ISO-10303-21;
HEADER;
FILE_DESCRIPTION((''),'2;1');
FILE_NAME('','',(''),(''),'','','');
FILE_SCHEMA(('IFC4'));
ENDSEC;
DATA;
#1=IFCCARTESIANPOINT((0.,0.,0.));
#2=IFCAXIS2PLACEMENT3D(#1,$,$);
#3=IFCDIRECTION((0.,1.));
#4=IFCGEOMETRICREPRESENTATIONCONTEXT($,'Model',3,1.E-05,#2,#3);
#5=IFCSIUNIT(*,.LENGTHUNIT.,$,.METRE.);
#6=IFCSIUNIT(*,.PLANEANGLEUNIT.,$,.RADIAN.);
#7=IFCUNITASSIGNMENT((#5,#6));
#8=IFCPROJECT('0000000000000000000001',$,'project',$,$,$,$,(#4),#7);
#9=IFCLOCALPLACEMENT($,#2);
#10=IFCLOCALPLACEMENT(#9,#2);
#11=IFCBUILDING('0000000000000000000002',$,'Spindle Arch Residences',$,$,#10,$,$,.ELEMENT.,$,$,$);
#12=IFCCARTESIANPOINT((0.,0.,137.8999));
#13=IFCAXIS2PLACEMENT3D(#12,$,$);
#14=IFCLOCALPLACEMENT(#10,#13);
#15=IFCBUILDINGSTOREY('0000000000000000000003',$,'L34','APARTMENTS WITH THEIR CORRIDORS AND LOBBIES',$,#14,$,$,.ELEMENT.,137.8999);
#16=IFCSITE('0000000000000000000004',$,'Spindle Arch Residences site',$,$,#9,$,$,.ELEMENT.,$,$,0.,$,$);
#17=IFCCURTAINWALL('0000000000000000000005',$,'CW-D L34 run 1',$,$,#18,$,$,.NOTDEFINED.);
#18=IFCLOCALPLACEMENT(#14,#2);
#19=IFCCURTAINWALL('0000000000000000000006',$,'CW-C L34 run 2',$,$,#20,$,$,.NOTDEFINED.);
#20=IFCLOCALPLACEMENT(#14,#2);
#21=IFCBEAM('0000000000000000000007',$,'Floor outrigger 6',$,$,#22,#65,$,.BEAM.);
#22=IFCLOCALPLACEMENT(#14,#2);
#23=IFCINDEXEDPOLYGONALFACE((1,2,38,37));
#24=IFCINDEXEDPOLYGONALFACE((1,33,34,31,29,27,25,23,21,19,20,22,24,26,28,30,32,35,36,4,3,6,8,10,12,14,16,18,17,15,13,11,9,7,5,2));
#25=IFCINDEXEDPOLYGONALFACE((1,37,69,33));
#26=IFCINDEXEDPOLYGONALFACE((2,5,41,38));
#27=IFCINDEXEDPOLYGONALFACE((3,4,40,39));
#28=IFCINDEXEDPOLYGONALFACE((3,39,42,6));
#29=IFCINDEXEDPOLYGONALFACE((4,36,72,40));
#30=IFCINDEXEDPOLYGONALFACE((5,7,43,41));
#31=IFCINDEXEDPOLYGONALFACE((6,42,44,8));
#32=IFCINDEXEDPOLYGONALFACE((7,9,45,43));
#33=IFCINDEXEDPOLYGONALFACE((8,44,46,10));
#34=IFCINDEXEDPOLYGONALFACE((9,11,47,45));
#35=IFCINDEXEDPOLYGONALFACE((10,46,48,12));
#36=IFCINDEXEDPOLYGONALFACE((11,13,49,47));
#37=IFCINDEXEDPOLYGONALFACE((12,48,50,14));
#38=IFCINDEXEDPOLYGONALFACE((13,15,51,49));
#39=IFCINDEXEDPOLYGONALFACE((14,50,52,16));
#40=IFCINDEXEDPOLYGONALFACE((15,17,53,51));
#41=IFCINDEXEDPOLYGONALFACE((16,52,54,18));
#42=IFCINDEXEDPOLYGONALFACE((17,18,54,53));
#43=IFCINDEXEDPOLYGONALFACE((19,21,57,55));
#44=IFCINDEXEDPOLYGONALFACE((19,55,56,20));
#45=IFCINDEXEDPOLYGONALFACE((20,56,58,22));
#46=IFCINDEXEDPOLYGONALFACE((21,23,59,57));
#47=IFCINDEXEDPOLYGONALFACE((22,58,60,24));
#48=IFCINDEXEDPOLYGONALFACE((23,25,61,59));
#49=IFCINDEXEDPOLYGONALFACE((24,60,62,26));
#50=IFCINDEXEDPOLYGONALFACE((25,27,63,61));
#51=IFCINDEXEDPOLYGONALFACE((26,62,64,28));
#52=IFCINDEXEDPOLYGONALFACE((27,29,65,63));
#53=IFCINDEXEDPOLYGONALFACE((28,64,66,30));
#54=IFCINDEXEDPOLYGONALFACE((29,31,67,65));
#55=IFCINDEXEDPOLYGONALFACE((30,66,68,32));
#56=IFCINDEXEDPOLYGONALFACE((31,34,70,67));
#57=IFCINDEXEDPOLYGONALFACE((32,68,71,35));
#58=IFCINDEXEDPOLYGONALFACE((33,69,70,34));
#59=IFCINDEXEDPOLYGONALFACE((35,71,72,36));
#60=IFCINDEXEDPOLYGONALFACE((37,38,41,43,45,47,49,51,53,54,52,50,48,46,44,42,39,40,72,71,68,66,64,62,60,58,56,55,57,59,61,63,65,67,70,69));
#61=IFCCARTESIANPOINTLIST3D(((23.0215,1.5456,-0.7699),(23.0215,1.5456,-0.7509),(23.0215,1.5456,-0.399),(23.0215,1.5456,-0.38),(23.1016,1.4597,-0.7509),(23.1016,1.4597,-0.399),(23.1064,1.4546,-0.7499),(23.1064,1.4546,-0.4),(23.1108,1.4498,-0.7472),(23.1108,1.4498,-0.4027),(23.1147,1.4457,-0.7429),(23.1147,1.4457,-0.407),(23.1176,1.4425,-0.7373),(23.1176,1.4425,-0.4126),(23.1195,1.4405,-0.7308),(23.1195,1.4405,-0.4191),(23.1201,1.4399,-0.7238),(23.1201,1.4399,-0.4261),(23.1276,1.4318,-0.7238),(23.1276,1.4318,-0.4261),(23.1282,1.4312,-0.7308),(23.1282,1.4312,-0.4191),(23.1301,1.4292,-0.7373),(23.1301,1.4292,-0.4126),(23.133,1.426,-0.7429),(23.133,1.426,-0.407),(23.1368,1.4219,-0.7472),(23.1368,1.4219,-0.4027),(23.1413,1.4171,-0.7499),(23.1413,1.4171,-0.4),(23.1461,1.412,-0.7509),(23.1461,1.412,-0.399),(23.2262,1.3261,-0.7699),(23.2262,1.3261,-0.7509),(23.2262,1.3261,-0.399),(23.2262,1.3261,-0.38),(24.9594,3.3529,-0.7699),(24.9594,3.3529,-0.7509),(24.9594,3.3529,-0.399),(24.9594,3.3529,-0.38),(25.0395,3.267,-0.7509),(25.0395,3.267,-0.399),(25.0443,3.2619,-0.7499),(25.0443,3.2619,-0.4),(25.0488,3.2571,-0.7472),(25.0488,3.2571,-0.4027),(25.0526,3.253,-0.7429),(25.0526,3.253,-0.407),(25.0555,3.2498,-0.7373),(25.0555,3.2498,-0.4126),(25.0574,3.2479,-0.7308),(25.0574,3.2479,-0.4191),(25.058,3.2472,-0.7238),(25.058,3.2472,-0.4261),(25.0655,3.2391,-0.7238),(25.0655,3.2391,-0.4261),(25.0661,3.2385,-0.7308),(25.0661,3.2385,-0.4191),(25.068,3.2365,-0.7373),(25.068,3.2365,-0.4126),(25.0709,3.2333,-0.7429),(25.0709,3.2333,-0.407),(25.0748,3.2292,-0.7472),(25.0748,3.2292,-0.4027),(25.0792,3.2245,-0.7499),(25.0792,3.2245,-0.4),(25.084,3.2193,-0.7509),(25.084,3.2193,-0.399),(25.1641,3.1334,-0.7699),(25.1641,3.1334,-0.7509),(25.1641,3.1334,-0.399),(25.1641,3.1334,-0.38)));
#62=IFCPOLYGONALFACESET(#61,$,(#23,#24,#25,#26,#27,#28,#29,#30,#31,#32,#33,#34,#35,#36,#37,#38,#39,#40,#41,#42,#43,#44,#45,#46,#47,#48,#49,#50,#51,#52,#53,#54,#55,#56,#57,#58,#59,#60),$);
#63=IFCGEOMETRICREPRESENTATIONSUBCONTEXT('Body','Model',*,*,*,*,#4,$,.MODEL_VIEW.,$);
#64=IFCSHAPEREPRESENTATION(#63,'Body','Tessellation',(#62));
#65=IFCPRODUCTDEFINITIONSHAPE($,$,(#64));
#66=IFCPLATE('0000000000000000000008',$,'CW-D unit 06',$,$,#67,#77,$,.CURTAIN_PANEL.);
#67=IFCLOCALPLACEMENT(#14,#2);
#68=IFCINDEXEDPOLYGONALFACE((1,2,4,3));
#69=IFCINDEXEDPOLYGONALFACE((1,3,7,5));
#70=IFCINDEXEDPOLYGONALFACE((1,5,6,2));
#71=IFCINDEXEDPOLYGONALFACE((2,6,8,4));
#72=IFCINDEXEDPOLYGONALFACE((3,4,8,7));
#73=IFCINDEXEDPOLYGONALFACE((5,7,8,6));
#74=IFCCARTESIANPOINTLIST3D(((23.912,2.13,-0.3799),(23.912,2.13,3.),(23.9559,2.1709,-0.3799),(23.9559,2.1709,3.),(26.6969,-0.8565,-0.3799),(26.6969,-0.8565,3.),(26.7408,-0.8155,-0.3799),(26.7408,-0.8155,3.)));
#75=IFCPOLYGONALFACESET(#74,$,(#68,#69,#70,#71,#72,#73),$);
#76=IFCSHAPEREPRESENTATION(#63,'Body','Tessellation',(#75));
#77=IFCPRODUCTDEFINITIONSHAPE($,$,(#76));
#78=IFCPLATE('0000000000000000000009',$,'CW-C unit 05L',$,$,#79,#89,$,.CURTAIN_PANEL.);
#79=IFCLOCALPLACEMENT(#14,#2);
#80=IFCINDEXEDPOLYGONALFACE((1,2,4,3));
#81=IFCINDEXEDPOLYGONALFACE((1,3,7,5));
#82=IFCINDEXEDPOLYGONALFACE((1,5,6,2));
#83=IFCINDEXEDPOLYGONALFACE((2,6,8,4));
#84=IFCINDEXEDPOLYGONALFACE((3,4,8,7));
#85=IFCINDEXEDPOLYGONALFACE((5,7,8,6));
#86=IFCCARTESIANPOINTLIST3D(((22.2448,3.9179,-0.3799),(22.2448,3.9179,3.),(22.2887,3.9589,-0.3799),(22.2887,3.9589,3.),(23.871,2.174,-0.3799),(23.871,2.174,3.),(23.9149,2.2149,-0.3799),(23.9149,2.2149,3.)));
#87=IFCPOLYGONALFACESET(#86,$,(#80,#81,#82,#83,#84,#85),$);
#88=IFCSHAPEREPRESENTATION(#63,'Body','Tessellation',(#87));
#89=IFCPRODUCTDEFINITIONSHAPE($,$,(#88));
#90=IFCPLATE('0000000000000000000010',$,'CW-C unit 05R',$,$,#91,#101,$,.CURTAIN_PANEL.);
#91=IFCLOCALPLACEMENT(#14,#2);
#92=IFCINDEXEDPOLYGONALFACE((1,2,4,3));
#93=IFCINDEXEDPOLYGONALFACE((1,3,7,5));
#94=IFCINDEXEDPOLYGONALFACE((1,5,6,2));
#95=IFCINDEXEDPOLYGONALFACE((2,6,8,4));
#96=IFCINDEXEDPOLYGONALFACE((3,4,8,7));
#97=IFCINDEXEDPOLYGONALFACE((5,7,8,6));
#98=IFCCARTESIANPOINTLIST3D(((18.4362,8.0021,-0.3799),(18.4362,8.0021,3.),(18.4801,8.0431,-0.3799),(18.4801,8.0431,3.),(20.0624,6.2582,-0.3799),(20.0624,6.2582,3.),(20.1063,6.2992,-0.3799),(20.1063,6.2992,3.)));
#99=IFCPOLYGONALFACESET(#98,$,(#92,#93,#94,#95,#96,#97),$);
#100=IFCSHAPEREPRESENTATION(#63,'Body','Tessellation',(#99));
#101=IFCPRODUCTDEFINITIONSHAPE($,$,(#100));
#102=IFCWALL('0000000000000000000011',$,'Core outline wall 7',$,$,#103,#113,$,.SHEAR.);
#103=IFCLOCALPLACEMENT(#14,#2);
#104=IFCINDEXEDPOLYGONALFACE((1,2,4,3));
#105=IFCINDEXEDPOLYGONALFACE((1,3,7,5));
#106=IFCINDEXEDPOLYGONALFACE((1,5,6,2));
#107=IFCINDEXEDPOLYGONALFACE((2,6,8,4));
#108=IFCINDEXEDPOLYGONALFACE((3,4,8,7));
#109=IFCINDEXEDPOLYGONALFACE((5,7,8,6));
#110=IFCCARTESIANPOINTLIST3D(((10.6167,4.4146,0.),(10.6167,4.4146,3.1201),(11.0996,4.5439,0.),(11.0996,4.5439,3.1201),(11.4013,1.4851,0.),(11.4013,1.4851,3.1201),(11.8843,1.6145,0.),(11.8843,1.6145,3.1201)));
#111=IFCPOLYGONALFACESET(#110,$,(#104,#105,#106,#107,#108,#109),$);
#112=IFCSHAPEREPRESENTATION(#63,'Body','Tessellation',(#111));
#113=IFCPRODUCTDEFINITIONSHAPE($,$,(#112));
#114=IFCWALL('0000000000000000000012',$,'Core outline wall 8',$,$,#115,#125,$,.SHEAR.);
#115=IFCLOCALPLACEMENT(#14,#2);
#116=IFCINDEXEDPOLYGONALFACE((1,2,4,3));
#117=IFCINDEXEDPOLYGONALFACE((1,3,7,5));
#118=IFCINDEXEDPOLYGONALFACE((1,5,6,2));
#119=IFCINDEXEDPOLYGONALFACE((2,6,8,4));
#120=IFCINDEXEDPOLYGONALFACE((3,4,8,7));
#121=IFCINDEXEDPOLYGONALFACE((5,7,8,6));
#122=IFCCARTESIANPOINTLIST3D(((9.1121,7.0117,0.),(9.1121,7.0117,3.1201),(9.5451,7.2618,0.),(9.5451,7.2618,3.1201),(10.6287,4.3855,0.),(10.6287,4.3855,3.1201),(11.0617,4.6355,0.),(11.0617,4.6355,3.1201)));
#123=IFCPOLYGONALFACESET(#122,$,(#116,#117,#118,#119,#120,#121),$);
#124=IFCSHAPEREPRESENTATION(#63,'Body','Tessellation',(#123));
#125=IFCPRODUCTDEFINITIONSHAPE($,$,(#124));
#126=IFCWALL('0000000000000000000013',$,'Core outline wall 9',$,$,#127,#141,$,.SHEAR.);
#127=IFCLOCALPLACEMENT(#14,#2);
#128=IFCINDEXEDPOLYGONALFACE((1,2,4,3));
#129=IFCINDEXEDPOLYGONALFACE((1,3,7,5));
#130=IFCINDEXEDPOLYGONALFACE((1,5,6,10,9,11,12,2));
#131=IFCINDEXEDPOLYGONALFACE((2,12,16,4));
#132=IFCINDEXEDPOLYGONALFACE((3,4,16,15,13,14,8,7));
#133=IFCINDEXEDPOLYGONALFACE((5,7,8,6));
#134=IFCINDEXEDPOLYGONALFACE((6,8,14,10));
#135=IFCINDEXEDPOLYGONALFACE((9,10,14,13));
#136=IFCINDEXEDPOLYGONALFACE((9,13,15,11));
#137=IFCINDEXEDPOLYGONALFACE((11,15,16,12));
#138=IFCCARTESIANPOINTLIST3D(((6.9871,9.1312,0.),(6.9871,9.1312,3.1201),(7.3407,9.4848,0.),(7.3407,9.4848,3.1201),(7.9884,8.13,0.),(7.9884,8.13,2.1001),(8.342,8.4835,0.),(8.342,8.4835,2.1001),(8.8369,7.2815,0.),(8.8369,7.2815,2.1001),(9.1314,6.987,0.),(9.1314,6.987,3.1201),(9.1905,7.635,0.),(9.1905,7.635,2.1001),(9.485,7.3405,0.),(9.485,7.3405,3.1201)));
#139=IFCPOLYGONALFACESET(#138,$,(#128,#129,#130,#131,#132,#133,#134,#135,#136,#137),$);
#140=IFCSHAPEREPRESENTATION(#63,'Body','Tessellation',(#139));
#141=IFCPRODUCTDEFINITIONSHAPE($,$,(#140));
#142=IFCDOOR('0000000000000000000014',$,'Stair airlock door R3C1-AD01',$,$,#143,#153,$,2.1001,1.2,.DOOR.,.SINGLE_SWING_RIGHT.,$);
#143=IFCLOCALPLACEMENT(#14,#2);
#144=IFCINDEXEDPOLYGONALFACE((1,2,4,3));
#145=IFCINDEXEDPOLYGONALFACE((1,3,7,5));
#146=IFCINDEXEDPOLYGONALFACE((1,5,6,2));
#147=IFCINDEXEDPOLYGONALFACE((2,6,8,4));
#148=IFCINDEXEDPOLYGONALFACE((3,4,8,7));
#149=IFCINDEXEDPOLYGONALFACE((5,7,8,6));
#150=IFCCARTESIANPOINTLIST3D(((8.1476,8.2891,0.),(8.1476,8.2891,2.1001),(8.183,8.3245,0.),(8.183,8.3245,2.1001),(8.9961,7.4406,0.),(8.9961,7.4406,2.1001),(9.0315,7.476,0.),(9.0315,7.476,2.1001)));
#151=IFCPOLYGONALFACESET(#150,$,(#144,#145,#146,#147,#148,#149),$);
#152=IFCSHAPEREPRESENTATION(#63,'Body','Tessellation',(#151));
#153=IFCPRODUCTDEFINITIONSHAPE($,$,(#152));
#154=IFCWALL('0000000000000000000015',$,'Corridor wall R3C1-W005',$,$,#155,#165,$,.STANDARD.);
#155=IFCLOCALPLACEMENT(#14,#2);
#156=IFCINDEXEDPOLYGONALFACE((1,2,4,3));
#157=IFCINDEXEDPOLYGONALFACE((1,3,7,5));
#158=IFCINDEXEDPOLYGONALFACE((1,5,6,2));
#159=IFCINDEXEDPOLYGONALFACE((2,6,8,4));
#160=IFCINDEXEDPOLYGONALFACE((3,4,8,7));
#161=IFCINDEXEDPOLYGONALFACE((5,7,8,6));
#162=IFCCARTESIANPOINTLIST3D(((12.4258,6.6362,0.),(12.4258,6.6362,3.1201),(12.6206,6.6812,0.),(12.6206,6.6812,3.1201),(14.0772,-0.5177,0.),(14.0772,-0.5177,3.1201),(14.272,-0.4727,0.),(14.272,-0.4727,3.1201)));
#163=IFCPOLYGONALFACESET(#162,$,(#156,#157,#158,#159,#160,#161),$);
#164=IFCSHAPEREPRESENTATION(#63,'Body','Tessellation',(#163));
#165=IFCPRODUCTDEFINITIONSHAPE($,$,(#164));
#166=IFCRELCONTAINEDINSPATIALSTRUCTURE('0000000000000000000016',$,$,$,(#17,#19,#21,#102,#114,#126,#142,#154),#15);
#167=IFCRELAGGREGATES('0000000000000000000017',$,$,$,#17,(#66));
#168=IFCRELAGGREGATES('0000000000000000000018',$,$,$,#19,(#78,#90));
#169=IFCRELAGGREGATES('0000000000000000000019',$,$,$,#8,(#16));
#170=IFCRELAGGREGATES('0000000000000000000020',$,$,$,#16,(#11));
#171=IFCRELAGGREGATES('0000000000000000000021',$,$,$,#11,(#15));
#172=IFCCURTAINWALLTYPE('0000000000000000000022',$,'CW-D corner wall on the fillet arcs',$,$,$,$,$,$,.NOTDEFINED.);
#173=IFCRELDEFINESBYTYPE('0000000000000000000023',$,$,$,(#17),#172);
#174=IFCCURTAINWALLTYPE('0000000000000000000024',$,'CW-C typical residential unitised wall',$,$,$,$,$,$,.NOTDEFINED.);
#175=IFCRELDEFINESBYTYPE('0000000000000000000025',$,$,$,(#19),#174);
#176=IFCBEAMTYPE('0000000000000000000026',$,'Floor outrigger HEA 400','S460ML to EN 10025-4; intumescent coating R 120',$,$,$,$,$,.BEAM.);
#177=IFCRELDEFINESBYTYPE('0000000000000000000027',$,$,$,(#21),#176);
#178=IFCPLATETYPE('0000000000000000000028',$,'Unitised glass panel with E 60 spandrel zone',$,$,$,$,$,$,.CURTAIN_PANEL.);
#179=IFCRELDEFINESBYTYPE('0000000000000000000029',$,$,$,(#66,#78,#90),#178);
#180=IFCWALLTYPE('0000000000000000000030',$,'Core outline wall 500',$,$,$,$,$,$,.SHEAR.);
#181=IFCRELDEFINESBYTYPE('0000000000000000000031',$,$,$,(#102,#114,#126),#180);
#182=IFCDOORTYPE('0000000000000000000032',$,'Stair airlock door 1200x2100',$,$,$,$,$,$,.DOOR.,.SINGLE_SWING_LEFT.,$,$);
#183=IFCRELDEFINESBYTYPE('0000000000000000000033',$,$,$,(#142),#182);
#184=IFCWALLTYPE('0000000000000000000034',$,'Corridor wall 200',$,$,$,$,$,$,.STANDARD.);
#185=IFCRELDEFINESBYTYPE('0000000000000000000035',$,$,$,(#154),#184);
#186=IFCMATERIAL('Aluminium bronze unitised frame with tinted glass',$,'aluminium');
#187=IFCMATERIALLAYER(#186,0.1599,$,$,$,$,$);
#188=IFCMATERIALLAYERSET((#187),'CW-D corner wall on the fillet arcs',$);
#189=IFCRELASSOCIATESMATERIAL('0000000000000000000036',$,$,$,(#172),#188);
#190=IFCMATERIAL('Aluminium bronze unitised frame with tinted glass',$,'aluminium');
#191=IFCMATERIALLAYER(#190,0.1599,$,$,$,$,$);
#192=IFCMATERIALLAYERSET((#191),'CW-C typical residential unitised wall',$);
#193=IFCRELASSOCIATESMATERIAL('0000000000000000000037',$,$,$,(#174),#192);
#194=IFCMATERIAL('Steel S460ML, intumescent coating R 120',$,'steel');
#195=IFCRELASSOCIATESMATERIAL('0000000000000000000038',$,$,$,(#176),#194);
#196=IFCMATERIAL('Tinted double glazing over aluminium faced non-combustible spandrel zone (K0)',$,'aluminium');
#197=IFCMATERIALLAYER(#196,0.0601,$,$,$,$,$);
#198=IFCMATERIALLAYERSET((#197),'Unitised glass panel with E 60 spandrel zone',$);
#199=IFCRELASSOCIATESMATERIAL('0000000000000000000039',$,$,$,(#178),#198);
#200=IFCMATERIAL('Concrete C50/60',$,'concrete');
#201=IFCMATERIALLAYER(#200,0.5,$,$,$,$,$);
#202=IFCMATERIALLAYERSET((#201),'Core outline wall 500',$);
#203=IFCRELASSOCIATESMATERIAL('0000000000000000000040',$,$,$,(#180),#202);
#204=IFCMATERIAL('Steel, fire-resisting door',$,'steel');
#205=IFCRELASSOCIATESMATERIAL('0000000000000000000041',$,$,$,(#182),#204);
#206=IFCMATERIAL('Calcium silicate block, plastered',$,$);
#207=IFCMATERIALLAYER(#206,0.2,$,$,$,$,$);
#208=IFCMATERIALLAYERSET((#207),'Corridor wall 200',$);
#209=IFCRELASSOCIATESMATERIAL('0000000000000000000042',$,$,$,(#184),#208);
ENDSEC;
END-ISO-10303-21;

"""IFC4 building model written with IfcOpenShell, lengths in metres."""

from ifc_helpers import new_model, si_unit, direction, frame, frame_2d, origin, origin_2d, place, context, subcontext, project, spatial, rectangle, i_section, extrude, material, layer, layer_set, material_profile, profile_set, type_object, element, fill, aggregate, save


model = new_model("IFC4")

# Units and contexts
model_context = context("Model", 3, precision=1e-05, world=origin(), true_north=direction((0.0, 1.0)))
body_context = subcontext(model_context, "Body", "Model", "MODEL_VIEW")
ifc_project = project(units=[si_unit("LENGTHUNIT", "METRE"), si_unit("PLANEANGLEUNIT", "RADIAN")], contexts=[model_context])

# Site, building, storey
site_placement = place(None, origin())
site = spatial("IfcSite", under=ifc_project, at=site_placement, Name="Spindle Arch Residences site", CompositionType="ELEMENT", RefElevation=0.0)
building_placement = place(site_placement, origin())
building = spatial("IfcBuilding", under=site, at=building_placement, Name="Spindle Arch Residences", CompositionType="ELEMENT")
storey_placement = place(building_placement, frame((0.0, 0.0, 137.8999)))
storey = spatial("IfcBuildingStorey", under=building, at=storey_placement, Name="L34", Description="APARTMENTS WITH THEIR CORRIDORS AND LOBBIES", CompositionType="ELEMENT", Elevation=137.8999)

# Curtain walls
ifc_material_1 = material(Name="Aluminium bronze unitised frame with tinted glass", Category="aluminium")
ifc_layer_1 = layer(ifc_material_1, 0.1599)
ifc_layer_set_1 = layer_set([ifc_layer_1], Name="CW-D corner wall on the fillet arcs")
curtain_wall_type_1 = type_object("IfcCurtainWallType", Name="CW-D corner wall on the fillet arcs", PredefinedType="NOTDEFINED", material=ifc_layer_set_1)
curtain_wall_1_placement = place(storey_placement, origin())
curtain_wall_1 = element("IfcCurtainWall", 1, at=curtain_wall_1_placement, inside=storey, type_object=curtain_wall_type_1, Name="CW-D L34 run 1", PredefinedType="NOTDEFINED")
ifc_material_2 = material(Name="Aluminium bronze unitised frame with tinted glass", Category="aluminium")
ifc_layer_2 = layer(ifc_material_2, 0.1599)
ifc_layer_set_2 = layer_set([ifc_layer_2], Name="CW-C typical residential unitised wall")
curtain_wall_type_2 = type_object("IfcCurtainWallType", Name="CW-C typical residential unitised wall", PredefinedType="NOTDEFINED", material=ifc_layer_set_2)
curtain_wall_2_placement = place(storey_placement, origin())
curtain_wall_2 = element("IfcCurtainWall", 2, at=curtain_wall_2_placement, inside=storey, type_object=curtain_wall_type_2, Name="CW-C L34 run 2", PredefinedType="NOTDEFINED")

# Beam
ifc_material_3 = material(Name="Steel S460ML, intumescent coating R 120", Category="steel")
ifc_material_profile_1 = material_profile(ifc_material_3, i_section(OverallWidth=0.3, OverallDepth=0.3899, WebThickness=0.011, FlangeThickness=0.019, FilletRadius=0.0271, at=origin_2d()), Name="HEA 400")
ifc_profile_set_1 = profile_set([ifc_material_profile_1], Name="Steel S460ML, intumescent coating R 120")
beam_type_1 = type_object("IfcBeamType", Name="Floor outrigger HEA 400", Description="S460ML to EN 10025-4; intumescent coating R 120", PredefinedType="BEAM", material=ifc_profile_set_1)
beam_1_placement = place(storey_placement, frame((25.0618, 3.2432, -0.575), z_axis=(-0.731322, -0.682033, 0.0), x_axis=(0.682033, -0.731322, 0.0)))
element("IfcBeam", 3, at=beam_1_placement, inside=storey, type_object=beam_type_1, Name="Floor outrigger 6", PredefinedType="BEAM", context=body_context, shape_type="SweptSolid", body=[
    extrude(i_section(OverallWidth=0.3, OverallDepth=0.3899, WebThickness=0.011, FlangeThickness=0.019, FilletRadius=0.0271, at=origin_2d()), origin(), (0.0, 0.0, 1.0), 2.6499),
])

# Plates
ifc_material_4 = material(Name="Tinted double glazing over aluminium faced non-combustible spandrel zone (K0)", Category="aluminium")
ifc_layer_3 = layer(ifc_material_4, 0.0601)
ifc_layer_set_3 = layer_set([ifc_layer_3], Name="Unitised glass panel with E 60 spandrel zone")
plate_type = type_object("IfcPlateType", Name="Unitised glass panel with E 60 spandrel zone", PredefinedType="CURTAIN_PANEL", material=ifc_layer_set_3)
plate_1_placement = place(storey_placement, frame((25.3264, 0.6572, -0.3799), z_axis=(0.0, 0.0, 1.0), x_axis=(-0.681998, 0.731354, 0.0)))
plate_1 = element("IfcPlate", 4, at=plate_1_placement, type_object=plate_type, Name="CW-D unit 06", PredefinedType="CURTAIN_PANEL", context=body_context, shape_type="SweptSolid", body=[
    extrude(rectangle(XDim=4.0835, YDim=0.0601, at=origin_2d()), origin(), (0.0, 0.0, 1.0), 3.3799),
])
aggregate(curtain_wall_1, [plate_1])
plate_2_placement = place(storey_placement, frame((23.0798, 3.0664, -0.3799), z_axis=(0.0, 0.0, 1.0), x_axis=(-0.681998, 0.731354, 0.0)))
plate_2 = element("IfcPlate", 5, at=plate_2_placement, type_object=plate_type, Name="CW-C unit 05L", PredefinedType="CURTAIN_PANEL", context=body_context, shape_type="SweptSolid", body=[
    extrude(rectangle(XDim=2.3845, YDim=0.0601, at=origin_2d()), origin(), (0.0, 0.0, 1.0), 3.3799),
])
plate_3_placement = place(storey_placement, frame((19.2712, 7.1506, -0.3799), z_axis=(0.0, 0.0, 1.0), x_axis=(-0.681998, 0.731354, 0.0)))
plate_3 = element("IfcPlate", 6, at=plate_3_placement, type_object=plate_type, Name="CW-C unit 05R", PredefinedType="CURTAIN_PANEL", context=body_context, shape_type="SweptSolid", body=[
    extrude(rectangle(XDim=2.3845, YDim=0.0601, at=origin_2d()), origin(), (0.0, 0.0, 1.0), 3.3799),
])
aggregate(curtain_wall_2, [plate_2, plate_3])

# Walls
ifc_material_5 = material(Name="Concrete C50/60", Category="concrete")
ifc_layer_4 = layer(ifc_material_5, 0.5)
ifc_layer_set_4 = layer_set([ifc_layer_4], Name="Core outline wall 500")
wall_type_1 = type_object("IfcWallType", Name="Core outline wall 500", PredefinedType="SHEAR", material=ifc_layer_set_4)
for number, where, z_axis, x_axis, name in (
    (7, (11.6428, 1.5498, 0.0), (0.0, 0.0, 1.0), (-0.258735, 0.965948, 0.0), "Core outline wall 7"),
    (8, (10.8452, 4.5105, 0.0), (0.0, 0.0, 1.0), (-0.500087, 0.865975, 0.0), "Core outline wall 8"),
):
    element("IfcWall", number, at=place(storey_placement, frame(where, z_axis=z_axis, x_axis=x_axis)), inside=storey, type_object=wall_type_1, Name=name, PredefinedType="SHEAR", context=body_context, shape_type="SweptSolid", body=[
        extrude(rectangle(XDim=3.0327, YDim=0.5, at=frame_2d((1.5164, 0.0))), origin(), (0.0, 0.0, 1.0), 3.1201),
    ])

# Wall, opening, door
wall_1_placement = place(storey_placement, frame((9.3081, 7.1638, 0.0), z_axis=(0.0, 0.0, 1.0), x_axis=(-0.707107, 0.707107, 0.0)))
wall_1 = element("IfcWall", 9, at=wall_1_placement, inside=storey, type_object=wall_type_1, Name="Core outline wall 9", PredefinedType="SHEAR", context=body_context, shape_type="SweptSolid", body=[
    extrude(rectangle(XDim=3.0325, YDim=0.5, at=frame_2d((1.5161, 0.0))), origin(), (0.0, 0.0, 1.0), 3.1201),
])
opening_1_placement = place(wall_1_placement, frame((0.4163, 0.0, 0.0)))
opening_1 = element("IfcOpeningElement", 10, at=opening_1_placement, cuts=wall_1, PredefinedType="OPENING", context=body_context, shape_type="SweptSolid", body=[
    extrude(rectangle(XDim=1.2, YDim=2.1001, at=frame_2d((0.6001, 1.05))), frame((0.0, 0.26, 0.0), z_axis=(0.0, -1.0, 0.0), x_axis=(1.0, 0.0, 0.0)), (0.0, 0.0, 1.0), 0.52),
])
ifc_material_6 = material(Name="Steel, fire-resisting door", Category="steel")
door_type_1 = type_object("IfcDoorType", Name="Stair airlock door 1200x2100", OperationType="SINGLE_SWING_LEFT", PredefinedType="DOOR", material=ifc_material_6)
door_1_placement = place(opening_1_placement, origin())
door_1 = element("IfcDoor", 11, at=door_1_placement, inside=storey, type_object=door_type_1, Name="Stair airlock door R3C1-AD01", OperationType="SINGLE_SWING_RIGHT", OverallHeight=2.1001, OverallWidth=1.2, PredefinedType="DOOR", context=body_context, shape_type="SweptSolid", body=[
    extrude(rectangle(XDim=1.2, YDim=2.1001, at=frame_2d((0.6001, 1.05))), frame((0.0, 0.0249, 0.0), z_axis=(0.0, -1.0, 0.0), x_axis=(1.0, 0.0, 0.0)), (0.0, 0.0, 1.0), 0.05),
])
fill(opening_1, door_1)

# Wall
ifc_material_7 = material(Name="Calcium silicate block, plastered")
ifc_layer_5 = layer(ifc_material_7, 0.2)
ifc_layer_set_5 = layer_set([ifc_layer_5], Name="Corridor wall 200")
wall_type_2 = type_object("IfcWallType", Name="Corridor wall 200", PredefinedType="STANDARD", material=ifc_layer_set_5)
wall_2_placement = place(storey_placement, frame((14.1746, -0.4951, 0.0), z_axis=(0.0, 0.0, 1.0), x_axis=(-0.224923, 0.974377, 0.0)))
element("IfcWall", 12, at=wall_2_placement, inside=storey, type_object=wall_type_2, Name="Corridor wall R3C1-W005", PredefinedType="STANDARD", context=body_context, shape_type="SweptSolid", body=[
    extrude(rectangle(XDim=7.342, YDim=0.2, at=frame_2d((3.6709, 0.0))), origin(), (0.0, 0.0, 1.0), 3.1201),
])

save(model, "model.ifc")
